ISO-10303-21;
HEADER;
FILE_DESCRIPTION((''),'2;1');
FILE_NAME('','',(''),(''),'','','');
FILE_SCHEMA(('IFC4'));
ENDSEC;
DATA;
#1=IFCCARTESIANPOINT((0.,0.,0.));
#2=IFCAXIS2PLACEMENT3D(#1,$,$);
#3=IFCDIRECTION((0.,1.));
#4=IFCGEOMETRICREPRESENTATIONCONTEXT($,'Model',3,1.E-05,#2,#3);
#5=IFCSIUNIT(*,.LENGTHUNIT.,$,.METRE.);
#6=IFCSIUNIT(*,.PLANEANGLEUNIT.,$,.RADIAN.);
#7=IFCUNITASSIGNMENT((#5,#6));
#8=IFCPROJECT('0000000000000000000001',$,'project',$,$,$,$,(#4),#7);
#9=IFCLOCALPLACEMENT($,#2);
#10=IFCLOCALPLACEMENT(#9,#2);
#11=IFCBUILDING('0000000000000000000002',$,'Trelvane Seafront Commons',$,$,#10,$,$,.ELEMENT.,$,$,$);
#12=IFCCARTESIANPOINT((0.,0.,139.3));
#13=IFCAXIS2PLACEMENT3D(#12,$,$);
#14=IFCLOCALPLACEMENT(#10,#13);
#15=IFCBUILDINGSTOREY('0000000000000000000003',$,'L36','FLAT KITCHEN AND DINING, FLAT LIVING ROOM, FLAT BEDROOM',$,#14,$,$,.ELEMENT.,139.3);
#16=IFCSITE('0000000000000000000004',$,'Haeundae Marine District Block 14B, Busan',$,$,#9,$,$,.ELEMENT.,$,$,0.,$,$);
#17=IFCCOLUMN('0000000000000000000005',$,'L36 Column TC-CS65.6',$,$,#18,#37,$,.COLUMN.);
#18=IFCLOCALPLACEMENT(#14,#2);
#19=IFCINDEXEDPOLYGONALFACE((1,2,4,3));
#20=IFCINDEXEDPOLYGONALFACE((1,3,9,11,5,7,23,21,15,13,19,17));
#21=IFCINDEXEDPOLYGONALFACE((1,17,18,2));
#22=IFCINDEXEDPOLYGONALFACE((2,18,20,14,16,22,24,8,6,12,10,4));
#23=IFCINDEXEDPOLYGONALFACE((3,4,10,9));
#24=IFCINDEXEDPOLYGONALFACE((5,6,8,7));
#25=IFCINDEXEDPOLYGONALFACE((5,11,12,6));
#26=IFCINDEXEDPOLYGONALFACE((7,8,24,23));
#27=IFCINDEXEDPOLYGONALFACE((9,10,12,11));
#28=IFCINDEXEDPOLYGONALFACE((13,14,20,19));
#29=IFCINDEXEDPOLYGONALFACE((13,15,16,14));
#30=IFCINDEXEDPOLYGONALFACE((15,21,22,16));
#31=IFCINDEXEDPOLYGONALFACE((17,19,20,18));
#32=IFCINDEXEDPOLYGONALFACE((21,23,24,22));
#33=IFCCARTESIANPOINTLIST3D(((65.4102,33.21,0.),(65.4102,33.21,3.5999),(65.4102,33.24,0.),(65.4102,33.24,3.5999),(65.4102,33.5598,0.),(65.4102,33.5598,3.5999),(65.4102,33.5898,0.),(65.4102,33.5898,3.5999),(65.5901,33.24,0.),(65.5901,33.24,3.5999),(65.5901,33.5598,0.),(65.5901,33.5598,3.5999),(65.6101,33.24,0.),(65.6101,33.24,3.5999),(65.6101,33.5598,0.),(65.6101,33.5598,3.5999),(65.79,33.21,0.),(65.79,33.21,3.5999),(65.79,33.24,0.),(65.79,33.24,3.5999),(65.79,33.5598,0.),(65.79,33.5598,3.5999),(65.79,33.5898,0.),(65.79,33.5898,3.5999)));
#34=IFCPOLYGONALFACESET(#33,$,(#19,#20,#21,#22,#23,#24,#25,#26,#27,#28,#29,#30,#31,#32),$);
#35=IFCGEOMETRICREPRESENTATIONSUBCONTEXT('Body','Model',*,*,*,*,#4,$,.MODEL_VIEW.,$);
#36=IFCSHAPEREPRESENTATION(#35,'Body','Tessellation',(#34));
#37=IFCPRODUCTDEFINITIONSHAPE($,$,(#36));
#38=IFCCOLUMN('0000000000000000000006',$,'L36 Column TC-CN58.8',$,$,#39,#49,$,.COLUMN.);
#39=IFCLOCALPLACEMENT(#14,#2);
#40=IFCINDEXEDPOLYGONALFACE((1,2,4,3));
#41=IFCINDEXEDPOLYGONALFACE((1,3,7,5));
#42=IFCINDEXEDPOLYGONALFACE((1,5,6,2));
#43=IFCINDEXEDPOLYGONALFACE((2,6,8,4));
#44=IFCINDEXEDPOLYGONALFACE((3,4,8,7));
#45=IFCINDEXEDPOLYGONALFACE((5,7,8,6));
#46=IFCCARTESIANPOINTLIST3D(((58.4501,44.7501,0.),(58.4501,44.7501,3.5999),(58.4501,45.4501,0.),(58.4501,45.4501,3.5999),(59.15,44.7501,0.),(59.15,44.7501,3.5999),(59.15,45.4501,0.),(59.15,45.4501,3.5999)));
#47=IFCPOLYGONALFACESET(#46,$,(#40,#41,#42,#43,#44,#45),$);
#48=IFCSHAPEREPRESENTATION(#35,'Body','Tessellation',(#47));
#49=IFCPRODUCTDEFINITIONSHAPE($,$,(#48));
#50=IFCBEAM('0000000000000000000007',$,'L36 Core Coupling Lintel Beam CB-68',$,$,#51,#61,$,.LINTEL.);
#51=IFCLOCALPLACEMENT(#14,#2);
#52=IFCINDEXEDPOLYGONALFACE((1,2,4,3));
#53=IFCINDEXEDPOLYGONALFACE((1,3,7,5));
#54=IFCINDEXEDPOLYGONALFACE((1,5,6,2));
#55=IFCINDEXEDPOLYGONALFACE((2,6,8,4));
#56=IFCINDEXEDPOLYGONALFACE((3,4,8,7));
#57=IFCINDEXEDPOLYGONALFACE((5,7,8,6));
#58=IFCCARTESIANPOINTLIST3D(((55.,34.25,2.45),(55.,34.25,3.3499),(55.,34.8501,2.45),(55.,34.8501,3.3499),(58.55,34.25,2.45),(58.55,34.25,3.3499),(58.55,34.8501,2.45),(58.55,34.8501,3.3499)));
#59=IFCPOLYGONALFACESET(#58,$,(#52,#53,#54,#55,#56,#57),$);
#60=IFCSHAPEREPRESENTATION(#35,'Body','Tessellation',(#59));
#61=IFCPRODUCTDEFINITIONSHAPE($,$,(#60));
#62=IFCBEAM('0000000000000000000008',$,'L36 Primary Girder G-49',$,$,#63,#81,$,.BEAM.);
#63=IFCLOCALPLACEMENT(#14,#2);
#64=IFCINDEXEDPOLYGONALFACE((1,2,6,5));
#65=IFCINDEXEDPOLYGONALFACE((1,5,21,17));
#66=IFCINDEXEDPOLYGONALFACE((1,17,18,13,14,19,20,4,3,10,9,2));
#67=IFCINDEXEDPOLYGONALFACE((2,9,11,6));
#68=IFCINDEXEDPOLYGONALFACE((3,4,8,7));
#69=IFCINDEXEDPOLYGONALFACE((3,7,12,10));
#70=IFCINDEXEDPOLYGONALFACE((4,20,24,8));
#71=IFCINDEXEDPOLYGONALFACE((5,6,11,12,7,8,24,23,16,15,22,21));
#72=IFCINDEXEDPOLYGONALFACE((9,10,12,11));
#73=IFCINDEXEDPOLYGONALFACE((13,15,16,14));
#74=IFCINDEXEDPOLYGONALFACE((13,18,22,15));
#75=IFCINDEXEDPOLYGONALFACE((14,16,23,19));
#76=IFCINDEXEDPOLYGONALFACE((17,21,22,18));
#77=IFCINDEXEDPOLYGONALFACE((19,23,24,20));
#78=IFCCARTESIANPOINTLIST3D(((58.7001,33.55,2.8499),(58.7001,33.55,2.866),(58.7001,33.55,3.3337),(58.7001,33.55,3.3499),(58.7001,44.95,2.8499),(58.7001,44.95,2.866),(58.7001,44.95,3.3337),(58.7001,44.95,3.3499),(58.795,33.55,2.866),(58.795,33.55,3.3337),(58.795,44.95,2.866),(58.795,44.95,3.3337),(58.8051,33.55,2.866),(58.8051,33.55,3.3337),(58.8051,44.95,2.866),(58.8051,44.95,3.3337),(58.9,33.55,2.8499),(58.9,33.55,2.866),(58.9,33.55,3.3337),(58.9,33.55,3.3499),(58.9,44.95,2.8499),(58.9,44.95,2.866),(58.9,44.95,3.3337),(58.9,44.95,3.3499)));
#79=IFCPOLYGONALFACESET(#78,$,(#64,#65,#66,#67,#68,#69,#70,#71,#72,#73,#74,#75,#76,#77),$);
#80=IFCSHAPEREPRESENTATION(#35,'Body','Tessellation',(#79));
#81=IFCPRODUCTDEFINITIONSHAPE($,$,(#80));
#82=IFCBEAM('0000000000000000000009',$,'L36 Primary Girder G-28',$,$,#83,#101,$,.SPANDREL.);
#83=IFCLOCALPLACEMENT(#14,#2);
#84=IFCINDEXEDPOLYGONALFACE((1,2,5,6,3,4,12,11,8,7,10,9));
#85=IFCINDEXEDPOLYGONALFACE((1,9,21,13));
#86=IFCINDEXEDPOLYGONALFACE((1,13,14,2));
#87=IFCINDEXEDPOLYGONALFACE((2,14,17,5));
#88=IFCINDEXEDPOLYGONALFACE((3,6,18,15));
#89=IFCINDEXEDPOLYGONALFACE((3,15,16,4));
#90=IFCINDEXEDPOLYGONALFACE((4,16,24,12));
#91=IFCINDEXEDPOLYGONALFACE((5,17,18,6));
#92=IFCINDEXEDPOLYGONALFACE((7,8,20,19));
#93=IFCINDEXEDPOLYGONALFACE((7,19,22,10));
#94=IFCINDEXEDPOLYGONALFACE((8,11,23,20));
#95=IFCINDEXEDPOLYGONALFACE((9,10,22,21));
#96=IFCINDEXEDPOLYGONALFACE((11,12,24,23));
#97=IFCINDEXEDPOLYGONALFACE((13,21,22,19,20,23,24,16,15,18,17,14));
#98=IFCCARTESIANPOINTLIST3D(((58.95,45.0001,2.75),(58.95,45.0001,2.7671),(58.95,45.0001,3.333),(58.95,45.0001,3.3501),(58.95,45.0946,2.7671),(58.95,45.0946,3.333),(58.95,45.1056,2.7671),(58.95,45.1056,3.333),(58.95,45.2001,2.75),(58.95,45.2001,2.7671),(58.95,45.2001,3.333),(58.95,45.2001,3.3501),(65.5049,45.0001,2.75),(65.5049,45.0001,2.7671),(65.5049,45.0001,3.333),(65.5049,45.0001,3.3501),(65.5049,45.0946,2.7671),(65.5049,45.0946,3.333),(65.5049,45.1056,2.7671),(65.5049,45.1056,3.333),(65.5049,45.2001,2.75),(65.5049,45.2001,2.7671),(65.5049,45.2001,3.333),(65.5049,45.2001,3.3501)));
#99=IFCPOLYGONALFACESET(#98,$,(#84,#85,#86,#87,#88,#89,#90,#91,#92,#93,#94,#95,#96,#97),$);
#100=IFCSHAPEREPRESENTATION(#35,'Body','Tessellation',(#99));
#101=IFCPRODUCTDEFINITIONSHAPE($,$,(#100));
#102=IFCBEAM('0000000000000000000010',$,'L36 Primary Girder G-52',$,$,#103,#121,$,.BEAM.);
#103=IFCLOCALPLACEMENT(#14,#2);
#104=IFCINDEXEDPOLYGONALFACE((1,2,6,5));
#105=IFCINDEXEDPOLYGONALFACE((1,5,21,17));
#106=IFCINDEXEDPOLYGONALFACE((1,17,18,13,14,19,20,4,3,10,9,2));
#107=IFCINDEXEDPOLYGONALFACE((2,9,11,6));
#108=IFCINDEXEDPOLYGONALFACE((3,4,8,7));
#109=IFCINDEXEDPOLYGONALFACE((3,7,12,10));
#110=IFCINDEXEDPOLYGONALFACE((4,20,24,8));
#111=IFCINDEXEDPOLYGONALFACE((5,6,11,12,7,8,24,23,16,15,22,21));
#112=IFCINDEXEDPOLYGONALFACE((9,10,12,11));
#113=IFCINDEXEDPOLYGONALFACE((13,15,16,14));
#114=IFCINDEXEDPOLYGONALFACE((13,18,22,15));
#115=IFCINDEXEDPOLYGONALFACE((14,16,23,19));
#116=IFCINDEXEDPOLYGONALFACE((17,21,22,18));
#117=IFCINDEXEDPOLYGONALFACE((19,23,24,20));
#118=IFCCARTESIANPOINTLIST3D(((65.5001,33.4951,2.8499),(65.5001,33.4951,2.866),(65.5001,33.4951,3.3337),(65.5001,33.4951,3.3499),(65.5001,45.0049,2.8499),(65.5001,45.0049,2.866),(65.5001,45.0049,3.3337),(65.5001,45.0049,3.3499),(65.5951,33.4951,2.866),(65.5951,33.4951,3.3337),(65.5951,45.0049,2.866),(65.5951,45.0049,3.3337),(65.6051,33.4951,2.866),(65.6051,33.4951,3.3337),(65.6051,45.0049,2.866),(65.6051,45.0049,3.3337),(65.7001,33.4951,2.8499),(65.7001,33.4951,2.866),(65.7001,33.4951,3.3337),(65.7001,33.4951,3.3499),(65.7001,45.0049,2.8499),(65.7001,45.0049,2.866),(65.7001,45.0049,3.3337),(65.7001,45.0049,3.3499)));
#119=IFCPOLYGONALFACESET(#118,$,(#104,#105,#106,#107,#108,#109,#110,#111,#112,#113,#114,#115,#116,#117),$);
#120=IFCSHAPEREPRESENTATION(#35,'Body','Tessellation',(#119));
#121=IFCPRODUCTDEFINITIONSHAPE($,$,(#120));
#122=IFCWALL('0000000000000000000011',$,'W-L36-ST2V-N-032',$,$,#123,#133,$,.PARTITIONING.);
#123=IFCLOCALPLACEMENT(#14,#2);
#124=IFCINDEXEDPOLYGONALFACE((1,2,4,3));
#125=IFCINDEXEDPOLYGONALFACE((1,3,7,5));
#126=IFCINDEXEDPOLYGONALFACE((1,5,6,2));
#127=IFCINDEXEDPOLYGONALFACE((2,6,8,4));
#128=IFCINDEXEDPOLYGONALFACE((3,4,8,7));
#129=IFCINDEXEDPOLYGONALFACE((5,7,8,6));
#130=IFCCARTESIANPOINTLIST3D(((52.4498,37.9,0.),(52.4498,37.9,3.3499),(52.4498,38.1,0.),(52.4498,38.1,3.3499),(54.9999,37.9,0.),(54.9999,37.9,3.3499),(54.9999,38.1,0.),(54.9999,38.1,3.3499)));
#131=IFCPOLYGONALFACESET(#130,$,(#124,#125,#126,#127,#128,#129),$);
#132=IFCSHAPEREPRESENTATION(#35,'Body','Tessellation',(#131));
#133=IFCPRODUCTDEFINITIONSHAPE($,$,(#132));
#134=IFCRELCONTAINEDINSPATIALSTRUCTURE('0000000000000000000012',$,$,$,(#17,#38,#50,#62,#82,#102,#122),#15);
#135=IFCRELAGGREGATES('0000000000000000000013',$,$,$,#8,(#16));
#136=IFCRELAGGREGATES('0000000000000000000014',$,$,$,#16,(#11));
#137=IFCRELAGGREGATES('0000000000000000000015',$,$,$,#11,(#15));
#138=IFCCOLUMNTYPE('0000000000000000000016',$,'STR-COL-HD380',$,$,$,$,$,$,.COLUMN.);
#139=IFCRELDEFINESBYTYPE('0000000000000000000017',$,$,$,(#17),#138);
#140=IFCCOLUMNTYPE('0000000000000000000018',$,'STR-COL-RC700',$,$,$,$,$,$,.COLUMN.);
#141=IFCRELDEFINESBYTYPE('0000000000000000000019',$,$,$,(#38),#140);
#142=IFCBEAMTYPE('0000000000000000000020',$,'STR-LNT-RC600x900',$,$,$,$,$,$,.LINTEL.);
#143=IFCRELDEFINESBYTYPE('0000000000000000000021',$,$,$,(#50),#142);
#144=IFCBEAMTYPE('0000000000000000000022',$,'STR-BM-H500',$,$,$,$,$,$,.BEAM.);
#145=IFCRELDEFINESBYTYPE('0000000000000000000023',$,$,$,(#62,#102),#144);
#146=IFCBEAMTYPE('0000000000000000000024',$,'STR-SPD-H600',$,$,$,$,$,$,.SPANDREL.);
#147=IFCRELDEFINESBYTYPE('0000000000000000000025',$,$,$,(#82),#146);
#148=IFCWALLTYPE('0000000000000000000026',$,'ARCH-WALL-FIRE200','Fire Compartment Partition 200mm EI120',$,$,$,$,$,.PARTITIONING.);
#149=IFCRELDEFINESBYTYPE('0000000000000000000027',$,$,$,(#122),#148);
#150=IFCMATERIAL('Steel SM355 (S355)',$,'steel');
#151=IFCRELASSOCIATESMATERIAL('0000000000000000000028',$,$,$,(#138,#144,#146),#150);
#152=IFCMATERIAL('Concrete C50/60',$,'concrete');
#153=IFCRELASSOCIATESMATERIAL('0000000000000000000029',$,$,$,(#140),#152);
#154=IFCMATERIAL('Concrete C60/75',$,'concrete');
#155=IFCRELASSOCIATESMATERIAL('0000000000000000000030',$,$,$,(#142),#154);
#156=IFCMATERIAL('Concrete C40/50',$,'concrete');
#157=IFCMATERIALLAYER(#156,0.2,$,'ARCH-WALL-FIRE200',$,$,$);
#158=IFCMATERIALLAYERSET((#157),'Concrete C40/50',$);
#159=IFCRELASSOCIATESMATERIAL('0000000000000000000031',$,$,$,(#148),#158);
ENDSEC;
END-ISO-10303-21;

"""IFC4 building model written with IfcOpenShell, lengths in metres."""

from ifc_helpers import new_model, si_unit, direction, frame, frame_2d, origin, origin_2d, place, context, subcontext, project, spatial, rectangle, i_section, extrude, source, transform, mapped, material, layer, layer_set, material_profile, profile_set, type_object, element, save


model = new_model("IFC4")

# Units and contexts
model_context = context("Model", 3, precision=1e-05, world=origin(), true_north=direction((0.0, 1.0)))
body_context = subcontext(model_context, "Body", "Model", "MODEL_VIEW")
ifc_project = project(units=[si_unit("LENGTHUNIT", "METRE"), si_unit("PLANEANGLEUNIT", "RADIAN")], contexts=[model_context])

# Site, building, storey
site_placement = place(None, origin())
site = spatial("IfcSite", under=ifc_project, at=site_placement, Name="Haeundae Marine District Block 14B, Busan", CompositionType="ELEMENT", RefElevation=0.0)
building_placement = place(site_placement, origin())
building = spatial("IfcBuilding", under=site, at=building_placement, Name="Trelvane Seafront Commons", CompositionType="ELEMENT")
storey_placement = place(building_placement, frame((0.0, 0.0, 139.3)))
storey = spatial("IfcBuildingStorey", under=building, at=storey_placement, Name="L36", Description="FLAT KITCHEN AND DINING, FLAT LIVING ROOM, FLAT BEDROOM", CompositionType="ELEMENT", Elevation=139.3)

# Columns
ifc_material_1 = material(Name="Steel SM355 (S355)", Category="steel")
ifc_material_profile_1 = material_profile(ifc_material_1, i_section(OverallWidth=0.3799, OverallDepth=0.3799, WebThickness=0.02, FlangeThickness=0.03, at=origin_2d()), Name="HD-380x380x20x30")
ifc_profile_set_1 = profile_set([ifc_material_profile_1], Name="Steel SM355 (S355)")
column_type_1 = type_object("IfcColumnType", Name="STR-COL-HD380", PredefinedType="COLUMN", material=ifc_profile_set_1)
shared_shape_1 = source(origin(), body_context, "Body", "SweptSolid", [
    extrude(i_section(OverallWidth=0.3799, OverallDepth=0.3799, WebThickness=0.02, FlangeThickness=0.03, at=origin_2d()), origin(), (0.0, 0.0, 1.0), 3.5999),
])
column_1_placement = place(storey_placement, frame((65.6001, 33.3999, 0.0), z_axis=(0.0, 0.0, 1.0), x_axis=(1.0, 0.0, 0.0)))
element("IfcColumn", 1, at=column_1_placement, inside=storey, type_object=column_type_1, Name="L36 Column TC-CS65.6", PredefinedType="COLUMN", context=body_context, shape_type="MappedRepresentation", body=[
    mapped(shared_shape_1, transform((0.0, 0.0, 0.0), x_axis=(1.0, 0.0, 0.0), y_axis=(0.0, 1.0, 0.0), z_axis=(0.0, 0.0, 1.0), scale=1.0)),
])
ifc_material_2 = material(Name="Concrete C50/60", Category="concrete")
ifc_material_profile_2 = material_profile(ifc_material_2, rectangle(XDim=0.7, YDim=0.7, at=origin_2d()), Name="RC-700x700")
ifc_profile_set_2 = profile_set([ifc_material_profile_2], Name="Concrete C50/60")
column_type_2 = type_object("IfcColumnType", Name="STR-COL-RC700", PredefinedType="COLUMN", material=ifc_profile_set_2)
shared_shape_2 = source(origin(), body_context, "Body", "SweptSolid", [
    extrude(rectangle(XDim=0.7, YDim=0.7, at=origin_2d()), origin(), (0.0, 0.0, 1.0), 3.5999),
])
column_2_placement = place(storey_placement, frame((58.8, 45.1001, 0.0), z_axis=(0.0, 0.0, 1.0), x_axis=(1.0, 0.0, 0.0)))
element("IfcColumn", 2, at=column_2_placement, inside=storey, type_object=column_type_2, Name="L36 Column TC-CN58.8", PredefinedType="COLUMN", context=body_context, shape_type="MappedRepresentation", body=[
    mapped(shared_shape_2, transform((0.0, 0.0, 0.0), x_axis=(1.0, 0.0, 0.0), y_axis=(0.0, 1.0, 0.0), z_axis=(0.0, 0.0, 1.0), scale=1.0)),
])

# Beams
ifc_material_3 = material(Name="Concrete C60/75", Category="concrete")
ifc_material_profile_3 = material_profile(ifc_material_3, rectangle(XDim=0.6001, YDim=0.8999, at=origin_2d()), Name="RC-600x900")
ifc_profile_set_3 = profile_set([ifc_material_profile_3], Name="Concrete C60/75")
beam_type_1 = type_object("IfcBeamType", Name="STR-LNT-RC600x900", PredefinedType="LINTEL", material=ifc_profile_set_3)
shared_shape_3 = source(origin(), body_context, "Body", "SweptSolid", [
    extrude(rectangle(XDim=0.6001, YDim=0.8999, at=origin_2d()), origin(), (0.0, 0.0, 1.0), 3.55),
])
beam_1_placement = place(storey_placement, frame((55.0, 34.55, 2.8999), z_axis=(1.0, 0.0, 0.0), x_axis=(0.0, 1.0, 0.0)))
element("IfcBeam", 3, at=beam_1_placement, inside=storey, type_object=beam_type_1, Name="L36 Core Coupling Lintel Beam CB-68", PredefinedType="LINTEL", context=body_context, shape_type="MappedRepresentation", body=[
    mapped(shared_shape_3, transform((0.0, 0.0, 0.0), x_axis=(1.0, 0.0, 0.0), y_axis=(0.0, 1.0, 0.0), z_axis=(0.0, 0.0, 1.0), scale=1.0)),
])
ifc_material_profile_4 = material_profile(ifc_material_1, i_section(OverallWidth=0.2, OverallDepth=0.5, WebThickness=0.01, FlangeThickness=0.0161, at=origin_2d()), Name="H-500x200x10x16")
ifc_profile_set_4 = profile_set([ifc_material_profile_4], Name="Steel SM355 (S355)")
beam_type_2 = type_object("IfcBeamType", Name="STR-BM-H500", PredefinedType="BEAM", material=ifc_profile_set_4)
shared_shape_4 = source(origin(), body_context, "Body", "SweptSolid", [
    extrude(i_section(OverallWidth=0.2, OverallDepth=0.5, WebThickness=0.01, FlangeThickness=0.0161, at=origin_2d()), origin(), (0.0, 0.0, 1.0), 11.3999),
])
beam_2_placement = place(storey_placement, frame((58.8, 33.55, 3.0999), z_axis=(0.0, 1.0, 0.0), x_axis=(-1.0, 0.0, 0.0)))
element("IfcBeam", 4, at=beam_2_placement, inside=storey, type_object=beam_type_2, Name="L36 Primary Girder G-49", PredefinedType="BEAM", context=body_context, shape_type="MappedRepresentation", body=[
    mapped(shared_shape_4, transform((0.0, 0.0, 0.0), x_axis=(1.0, 0.0, 0.0), y_axis=(0.0, 1.0, 0.0), z_axis=(0.0, 0.0, 1.0), scale=1.0)),
])
ifc_material_profile_5 = material_profile(ifc_material_1, i_section(OverallWidth=0.2, OverallDepth=0.6001, WebThickness=0.011, FlangeThickness=0.0171, at=origin_2d()), Name="H-600x200x11x17")
ifc_profile_set_5 = profile_set([ifc_material_profile_5], Name="Steel SM355 (S355)")
beam_type_3 = type_object("IfcBeamType", Name="STR-SPD-H600", PredefinedType="SPANDREL", material=ifc_profile_set_5)
shared_shape_5 = source(origin(), body_context, "Body", "SweptSolid", [
    extrude(i_section(OverallWidth=0.2, OverallDepth=0.6001, WebThickness=0.011, FlangeThickness=0.0171, at=origin_2d()), origin(), (0.0, 0.0, 1.0), 6.5549),
])
beam_3_placement = place(storey_placement, frame((58.95, 45.1001, 3.05), z_axis=(1.0, 0.0, 0.0), x_axis=(0.0, 1.0, 0.0)))
element("IfcBeam", 5, at=beam_3_placement, inside=storey, type_object=beam_type_3, Name="L36 Primary Girder G-28", PredefinedType="SPANDREL", context=body_context, shape_type="MappedRepresentation", body=[
    mapped(shared_shape_5, transform((0.0, 0.0, 0.0), x_axis=(1.0, 0.0, 0.0), y_axis=(0.0, 1.0, 0.0), z_axis=(0.0, 0.0, 1.0), scale=1.0)),
])
shared_shape_6 = source(origin(), body_context, "Body", "SweptSolid", [
    extrude(i_section(OverallWidth=0.2, OverallDepth=0.5, WebThickness=0.01, FlangeThickness=0.0161, at=origin_2d()), origin(), (0.0, 0.0, 1.0), 11.5098),
])
beam_4_placement = place(storey_placement, frame((65.6001, 33.4951, 3.0999), z_axis=(0.0, 1.0, 0.0), x_axis=(-1.0, 0.0, 0.0)))
element("IfcBeam", 6, at=beam_4_placement, inside=storey, type_object=beam_type_2, Name="L36 Primary Girder G-52", PredefinedType="BEAM", context=body_context, shape_type="MappedRepresentation", body=[
    mapped(shared_shape_6, transform((0.0, 0.0, 0.0), x_axis=(1.0, 0.0, 0.0), y_axis=(0.0, 1.0, 0.0), z_axis=(0.0, 0.0, 1.0), scale=1.0)),
])

# Wall
ifc_material_4 = material(Name="Concrete C40/50", Category="concrete")
ifc_layer_1 = layer(ifc_material_4, 0.2, Name="ARCH-WALL-FIRE200")
ifc_layer_set_1 = layer_set([ifc_layer_1], Name="Concrete C40/50")
wall_type_1 = type_object("IfcWallType", Name="ARCH-WALL-FIRE200", Description="Fire Compartment Partition 200mm EI120", PredefinedType="PARTITIONING", material=ifc_layer_set_1)
wall_1_placement = place(storey_placement, frame((52.45, 38.0, 0.0), z_axis=(0.0, 0.0, 1.0), x_axis=(1.0, 0.0, 0.0)))
element("IfcWall", 7, at=wall_1_placement, inside=storey, type_object=wall_type_1, Name="W-L36-ST2V-N-032", PredefinedType="PARTITIONING", context=body_context, shape_type="SweptSolid", body=[
    extrude(rectangle(XDim=2.55, YDim=0.2, at=frame_2d((1.2749, 0.0))), origin(), (0.0, 0.0, 1.0), 3.3499),
])

save(model, "model.ifc")
